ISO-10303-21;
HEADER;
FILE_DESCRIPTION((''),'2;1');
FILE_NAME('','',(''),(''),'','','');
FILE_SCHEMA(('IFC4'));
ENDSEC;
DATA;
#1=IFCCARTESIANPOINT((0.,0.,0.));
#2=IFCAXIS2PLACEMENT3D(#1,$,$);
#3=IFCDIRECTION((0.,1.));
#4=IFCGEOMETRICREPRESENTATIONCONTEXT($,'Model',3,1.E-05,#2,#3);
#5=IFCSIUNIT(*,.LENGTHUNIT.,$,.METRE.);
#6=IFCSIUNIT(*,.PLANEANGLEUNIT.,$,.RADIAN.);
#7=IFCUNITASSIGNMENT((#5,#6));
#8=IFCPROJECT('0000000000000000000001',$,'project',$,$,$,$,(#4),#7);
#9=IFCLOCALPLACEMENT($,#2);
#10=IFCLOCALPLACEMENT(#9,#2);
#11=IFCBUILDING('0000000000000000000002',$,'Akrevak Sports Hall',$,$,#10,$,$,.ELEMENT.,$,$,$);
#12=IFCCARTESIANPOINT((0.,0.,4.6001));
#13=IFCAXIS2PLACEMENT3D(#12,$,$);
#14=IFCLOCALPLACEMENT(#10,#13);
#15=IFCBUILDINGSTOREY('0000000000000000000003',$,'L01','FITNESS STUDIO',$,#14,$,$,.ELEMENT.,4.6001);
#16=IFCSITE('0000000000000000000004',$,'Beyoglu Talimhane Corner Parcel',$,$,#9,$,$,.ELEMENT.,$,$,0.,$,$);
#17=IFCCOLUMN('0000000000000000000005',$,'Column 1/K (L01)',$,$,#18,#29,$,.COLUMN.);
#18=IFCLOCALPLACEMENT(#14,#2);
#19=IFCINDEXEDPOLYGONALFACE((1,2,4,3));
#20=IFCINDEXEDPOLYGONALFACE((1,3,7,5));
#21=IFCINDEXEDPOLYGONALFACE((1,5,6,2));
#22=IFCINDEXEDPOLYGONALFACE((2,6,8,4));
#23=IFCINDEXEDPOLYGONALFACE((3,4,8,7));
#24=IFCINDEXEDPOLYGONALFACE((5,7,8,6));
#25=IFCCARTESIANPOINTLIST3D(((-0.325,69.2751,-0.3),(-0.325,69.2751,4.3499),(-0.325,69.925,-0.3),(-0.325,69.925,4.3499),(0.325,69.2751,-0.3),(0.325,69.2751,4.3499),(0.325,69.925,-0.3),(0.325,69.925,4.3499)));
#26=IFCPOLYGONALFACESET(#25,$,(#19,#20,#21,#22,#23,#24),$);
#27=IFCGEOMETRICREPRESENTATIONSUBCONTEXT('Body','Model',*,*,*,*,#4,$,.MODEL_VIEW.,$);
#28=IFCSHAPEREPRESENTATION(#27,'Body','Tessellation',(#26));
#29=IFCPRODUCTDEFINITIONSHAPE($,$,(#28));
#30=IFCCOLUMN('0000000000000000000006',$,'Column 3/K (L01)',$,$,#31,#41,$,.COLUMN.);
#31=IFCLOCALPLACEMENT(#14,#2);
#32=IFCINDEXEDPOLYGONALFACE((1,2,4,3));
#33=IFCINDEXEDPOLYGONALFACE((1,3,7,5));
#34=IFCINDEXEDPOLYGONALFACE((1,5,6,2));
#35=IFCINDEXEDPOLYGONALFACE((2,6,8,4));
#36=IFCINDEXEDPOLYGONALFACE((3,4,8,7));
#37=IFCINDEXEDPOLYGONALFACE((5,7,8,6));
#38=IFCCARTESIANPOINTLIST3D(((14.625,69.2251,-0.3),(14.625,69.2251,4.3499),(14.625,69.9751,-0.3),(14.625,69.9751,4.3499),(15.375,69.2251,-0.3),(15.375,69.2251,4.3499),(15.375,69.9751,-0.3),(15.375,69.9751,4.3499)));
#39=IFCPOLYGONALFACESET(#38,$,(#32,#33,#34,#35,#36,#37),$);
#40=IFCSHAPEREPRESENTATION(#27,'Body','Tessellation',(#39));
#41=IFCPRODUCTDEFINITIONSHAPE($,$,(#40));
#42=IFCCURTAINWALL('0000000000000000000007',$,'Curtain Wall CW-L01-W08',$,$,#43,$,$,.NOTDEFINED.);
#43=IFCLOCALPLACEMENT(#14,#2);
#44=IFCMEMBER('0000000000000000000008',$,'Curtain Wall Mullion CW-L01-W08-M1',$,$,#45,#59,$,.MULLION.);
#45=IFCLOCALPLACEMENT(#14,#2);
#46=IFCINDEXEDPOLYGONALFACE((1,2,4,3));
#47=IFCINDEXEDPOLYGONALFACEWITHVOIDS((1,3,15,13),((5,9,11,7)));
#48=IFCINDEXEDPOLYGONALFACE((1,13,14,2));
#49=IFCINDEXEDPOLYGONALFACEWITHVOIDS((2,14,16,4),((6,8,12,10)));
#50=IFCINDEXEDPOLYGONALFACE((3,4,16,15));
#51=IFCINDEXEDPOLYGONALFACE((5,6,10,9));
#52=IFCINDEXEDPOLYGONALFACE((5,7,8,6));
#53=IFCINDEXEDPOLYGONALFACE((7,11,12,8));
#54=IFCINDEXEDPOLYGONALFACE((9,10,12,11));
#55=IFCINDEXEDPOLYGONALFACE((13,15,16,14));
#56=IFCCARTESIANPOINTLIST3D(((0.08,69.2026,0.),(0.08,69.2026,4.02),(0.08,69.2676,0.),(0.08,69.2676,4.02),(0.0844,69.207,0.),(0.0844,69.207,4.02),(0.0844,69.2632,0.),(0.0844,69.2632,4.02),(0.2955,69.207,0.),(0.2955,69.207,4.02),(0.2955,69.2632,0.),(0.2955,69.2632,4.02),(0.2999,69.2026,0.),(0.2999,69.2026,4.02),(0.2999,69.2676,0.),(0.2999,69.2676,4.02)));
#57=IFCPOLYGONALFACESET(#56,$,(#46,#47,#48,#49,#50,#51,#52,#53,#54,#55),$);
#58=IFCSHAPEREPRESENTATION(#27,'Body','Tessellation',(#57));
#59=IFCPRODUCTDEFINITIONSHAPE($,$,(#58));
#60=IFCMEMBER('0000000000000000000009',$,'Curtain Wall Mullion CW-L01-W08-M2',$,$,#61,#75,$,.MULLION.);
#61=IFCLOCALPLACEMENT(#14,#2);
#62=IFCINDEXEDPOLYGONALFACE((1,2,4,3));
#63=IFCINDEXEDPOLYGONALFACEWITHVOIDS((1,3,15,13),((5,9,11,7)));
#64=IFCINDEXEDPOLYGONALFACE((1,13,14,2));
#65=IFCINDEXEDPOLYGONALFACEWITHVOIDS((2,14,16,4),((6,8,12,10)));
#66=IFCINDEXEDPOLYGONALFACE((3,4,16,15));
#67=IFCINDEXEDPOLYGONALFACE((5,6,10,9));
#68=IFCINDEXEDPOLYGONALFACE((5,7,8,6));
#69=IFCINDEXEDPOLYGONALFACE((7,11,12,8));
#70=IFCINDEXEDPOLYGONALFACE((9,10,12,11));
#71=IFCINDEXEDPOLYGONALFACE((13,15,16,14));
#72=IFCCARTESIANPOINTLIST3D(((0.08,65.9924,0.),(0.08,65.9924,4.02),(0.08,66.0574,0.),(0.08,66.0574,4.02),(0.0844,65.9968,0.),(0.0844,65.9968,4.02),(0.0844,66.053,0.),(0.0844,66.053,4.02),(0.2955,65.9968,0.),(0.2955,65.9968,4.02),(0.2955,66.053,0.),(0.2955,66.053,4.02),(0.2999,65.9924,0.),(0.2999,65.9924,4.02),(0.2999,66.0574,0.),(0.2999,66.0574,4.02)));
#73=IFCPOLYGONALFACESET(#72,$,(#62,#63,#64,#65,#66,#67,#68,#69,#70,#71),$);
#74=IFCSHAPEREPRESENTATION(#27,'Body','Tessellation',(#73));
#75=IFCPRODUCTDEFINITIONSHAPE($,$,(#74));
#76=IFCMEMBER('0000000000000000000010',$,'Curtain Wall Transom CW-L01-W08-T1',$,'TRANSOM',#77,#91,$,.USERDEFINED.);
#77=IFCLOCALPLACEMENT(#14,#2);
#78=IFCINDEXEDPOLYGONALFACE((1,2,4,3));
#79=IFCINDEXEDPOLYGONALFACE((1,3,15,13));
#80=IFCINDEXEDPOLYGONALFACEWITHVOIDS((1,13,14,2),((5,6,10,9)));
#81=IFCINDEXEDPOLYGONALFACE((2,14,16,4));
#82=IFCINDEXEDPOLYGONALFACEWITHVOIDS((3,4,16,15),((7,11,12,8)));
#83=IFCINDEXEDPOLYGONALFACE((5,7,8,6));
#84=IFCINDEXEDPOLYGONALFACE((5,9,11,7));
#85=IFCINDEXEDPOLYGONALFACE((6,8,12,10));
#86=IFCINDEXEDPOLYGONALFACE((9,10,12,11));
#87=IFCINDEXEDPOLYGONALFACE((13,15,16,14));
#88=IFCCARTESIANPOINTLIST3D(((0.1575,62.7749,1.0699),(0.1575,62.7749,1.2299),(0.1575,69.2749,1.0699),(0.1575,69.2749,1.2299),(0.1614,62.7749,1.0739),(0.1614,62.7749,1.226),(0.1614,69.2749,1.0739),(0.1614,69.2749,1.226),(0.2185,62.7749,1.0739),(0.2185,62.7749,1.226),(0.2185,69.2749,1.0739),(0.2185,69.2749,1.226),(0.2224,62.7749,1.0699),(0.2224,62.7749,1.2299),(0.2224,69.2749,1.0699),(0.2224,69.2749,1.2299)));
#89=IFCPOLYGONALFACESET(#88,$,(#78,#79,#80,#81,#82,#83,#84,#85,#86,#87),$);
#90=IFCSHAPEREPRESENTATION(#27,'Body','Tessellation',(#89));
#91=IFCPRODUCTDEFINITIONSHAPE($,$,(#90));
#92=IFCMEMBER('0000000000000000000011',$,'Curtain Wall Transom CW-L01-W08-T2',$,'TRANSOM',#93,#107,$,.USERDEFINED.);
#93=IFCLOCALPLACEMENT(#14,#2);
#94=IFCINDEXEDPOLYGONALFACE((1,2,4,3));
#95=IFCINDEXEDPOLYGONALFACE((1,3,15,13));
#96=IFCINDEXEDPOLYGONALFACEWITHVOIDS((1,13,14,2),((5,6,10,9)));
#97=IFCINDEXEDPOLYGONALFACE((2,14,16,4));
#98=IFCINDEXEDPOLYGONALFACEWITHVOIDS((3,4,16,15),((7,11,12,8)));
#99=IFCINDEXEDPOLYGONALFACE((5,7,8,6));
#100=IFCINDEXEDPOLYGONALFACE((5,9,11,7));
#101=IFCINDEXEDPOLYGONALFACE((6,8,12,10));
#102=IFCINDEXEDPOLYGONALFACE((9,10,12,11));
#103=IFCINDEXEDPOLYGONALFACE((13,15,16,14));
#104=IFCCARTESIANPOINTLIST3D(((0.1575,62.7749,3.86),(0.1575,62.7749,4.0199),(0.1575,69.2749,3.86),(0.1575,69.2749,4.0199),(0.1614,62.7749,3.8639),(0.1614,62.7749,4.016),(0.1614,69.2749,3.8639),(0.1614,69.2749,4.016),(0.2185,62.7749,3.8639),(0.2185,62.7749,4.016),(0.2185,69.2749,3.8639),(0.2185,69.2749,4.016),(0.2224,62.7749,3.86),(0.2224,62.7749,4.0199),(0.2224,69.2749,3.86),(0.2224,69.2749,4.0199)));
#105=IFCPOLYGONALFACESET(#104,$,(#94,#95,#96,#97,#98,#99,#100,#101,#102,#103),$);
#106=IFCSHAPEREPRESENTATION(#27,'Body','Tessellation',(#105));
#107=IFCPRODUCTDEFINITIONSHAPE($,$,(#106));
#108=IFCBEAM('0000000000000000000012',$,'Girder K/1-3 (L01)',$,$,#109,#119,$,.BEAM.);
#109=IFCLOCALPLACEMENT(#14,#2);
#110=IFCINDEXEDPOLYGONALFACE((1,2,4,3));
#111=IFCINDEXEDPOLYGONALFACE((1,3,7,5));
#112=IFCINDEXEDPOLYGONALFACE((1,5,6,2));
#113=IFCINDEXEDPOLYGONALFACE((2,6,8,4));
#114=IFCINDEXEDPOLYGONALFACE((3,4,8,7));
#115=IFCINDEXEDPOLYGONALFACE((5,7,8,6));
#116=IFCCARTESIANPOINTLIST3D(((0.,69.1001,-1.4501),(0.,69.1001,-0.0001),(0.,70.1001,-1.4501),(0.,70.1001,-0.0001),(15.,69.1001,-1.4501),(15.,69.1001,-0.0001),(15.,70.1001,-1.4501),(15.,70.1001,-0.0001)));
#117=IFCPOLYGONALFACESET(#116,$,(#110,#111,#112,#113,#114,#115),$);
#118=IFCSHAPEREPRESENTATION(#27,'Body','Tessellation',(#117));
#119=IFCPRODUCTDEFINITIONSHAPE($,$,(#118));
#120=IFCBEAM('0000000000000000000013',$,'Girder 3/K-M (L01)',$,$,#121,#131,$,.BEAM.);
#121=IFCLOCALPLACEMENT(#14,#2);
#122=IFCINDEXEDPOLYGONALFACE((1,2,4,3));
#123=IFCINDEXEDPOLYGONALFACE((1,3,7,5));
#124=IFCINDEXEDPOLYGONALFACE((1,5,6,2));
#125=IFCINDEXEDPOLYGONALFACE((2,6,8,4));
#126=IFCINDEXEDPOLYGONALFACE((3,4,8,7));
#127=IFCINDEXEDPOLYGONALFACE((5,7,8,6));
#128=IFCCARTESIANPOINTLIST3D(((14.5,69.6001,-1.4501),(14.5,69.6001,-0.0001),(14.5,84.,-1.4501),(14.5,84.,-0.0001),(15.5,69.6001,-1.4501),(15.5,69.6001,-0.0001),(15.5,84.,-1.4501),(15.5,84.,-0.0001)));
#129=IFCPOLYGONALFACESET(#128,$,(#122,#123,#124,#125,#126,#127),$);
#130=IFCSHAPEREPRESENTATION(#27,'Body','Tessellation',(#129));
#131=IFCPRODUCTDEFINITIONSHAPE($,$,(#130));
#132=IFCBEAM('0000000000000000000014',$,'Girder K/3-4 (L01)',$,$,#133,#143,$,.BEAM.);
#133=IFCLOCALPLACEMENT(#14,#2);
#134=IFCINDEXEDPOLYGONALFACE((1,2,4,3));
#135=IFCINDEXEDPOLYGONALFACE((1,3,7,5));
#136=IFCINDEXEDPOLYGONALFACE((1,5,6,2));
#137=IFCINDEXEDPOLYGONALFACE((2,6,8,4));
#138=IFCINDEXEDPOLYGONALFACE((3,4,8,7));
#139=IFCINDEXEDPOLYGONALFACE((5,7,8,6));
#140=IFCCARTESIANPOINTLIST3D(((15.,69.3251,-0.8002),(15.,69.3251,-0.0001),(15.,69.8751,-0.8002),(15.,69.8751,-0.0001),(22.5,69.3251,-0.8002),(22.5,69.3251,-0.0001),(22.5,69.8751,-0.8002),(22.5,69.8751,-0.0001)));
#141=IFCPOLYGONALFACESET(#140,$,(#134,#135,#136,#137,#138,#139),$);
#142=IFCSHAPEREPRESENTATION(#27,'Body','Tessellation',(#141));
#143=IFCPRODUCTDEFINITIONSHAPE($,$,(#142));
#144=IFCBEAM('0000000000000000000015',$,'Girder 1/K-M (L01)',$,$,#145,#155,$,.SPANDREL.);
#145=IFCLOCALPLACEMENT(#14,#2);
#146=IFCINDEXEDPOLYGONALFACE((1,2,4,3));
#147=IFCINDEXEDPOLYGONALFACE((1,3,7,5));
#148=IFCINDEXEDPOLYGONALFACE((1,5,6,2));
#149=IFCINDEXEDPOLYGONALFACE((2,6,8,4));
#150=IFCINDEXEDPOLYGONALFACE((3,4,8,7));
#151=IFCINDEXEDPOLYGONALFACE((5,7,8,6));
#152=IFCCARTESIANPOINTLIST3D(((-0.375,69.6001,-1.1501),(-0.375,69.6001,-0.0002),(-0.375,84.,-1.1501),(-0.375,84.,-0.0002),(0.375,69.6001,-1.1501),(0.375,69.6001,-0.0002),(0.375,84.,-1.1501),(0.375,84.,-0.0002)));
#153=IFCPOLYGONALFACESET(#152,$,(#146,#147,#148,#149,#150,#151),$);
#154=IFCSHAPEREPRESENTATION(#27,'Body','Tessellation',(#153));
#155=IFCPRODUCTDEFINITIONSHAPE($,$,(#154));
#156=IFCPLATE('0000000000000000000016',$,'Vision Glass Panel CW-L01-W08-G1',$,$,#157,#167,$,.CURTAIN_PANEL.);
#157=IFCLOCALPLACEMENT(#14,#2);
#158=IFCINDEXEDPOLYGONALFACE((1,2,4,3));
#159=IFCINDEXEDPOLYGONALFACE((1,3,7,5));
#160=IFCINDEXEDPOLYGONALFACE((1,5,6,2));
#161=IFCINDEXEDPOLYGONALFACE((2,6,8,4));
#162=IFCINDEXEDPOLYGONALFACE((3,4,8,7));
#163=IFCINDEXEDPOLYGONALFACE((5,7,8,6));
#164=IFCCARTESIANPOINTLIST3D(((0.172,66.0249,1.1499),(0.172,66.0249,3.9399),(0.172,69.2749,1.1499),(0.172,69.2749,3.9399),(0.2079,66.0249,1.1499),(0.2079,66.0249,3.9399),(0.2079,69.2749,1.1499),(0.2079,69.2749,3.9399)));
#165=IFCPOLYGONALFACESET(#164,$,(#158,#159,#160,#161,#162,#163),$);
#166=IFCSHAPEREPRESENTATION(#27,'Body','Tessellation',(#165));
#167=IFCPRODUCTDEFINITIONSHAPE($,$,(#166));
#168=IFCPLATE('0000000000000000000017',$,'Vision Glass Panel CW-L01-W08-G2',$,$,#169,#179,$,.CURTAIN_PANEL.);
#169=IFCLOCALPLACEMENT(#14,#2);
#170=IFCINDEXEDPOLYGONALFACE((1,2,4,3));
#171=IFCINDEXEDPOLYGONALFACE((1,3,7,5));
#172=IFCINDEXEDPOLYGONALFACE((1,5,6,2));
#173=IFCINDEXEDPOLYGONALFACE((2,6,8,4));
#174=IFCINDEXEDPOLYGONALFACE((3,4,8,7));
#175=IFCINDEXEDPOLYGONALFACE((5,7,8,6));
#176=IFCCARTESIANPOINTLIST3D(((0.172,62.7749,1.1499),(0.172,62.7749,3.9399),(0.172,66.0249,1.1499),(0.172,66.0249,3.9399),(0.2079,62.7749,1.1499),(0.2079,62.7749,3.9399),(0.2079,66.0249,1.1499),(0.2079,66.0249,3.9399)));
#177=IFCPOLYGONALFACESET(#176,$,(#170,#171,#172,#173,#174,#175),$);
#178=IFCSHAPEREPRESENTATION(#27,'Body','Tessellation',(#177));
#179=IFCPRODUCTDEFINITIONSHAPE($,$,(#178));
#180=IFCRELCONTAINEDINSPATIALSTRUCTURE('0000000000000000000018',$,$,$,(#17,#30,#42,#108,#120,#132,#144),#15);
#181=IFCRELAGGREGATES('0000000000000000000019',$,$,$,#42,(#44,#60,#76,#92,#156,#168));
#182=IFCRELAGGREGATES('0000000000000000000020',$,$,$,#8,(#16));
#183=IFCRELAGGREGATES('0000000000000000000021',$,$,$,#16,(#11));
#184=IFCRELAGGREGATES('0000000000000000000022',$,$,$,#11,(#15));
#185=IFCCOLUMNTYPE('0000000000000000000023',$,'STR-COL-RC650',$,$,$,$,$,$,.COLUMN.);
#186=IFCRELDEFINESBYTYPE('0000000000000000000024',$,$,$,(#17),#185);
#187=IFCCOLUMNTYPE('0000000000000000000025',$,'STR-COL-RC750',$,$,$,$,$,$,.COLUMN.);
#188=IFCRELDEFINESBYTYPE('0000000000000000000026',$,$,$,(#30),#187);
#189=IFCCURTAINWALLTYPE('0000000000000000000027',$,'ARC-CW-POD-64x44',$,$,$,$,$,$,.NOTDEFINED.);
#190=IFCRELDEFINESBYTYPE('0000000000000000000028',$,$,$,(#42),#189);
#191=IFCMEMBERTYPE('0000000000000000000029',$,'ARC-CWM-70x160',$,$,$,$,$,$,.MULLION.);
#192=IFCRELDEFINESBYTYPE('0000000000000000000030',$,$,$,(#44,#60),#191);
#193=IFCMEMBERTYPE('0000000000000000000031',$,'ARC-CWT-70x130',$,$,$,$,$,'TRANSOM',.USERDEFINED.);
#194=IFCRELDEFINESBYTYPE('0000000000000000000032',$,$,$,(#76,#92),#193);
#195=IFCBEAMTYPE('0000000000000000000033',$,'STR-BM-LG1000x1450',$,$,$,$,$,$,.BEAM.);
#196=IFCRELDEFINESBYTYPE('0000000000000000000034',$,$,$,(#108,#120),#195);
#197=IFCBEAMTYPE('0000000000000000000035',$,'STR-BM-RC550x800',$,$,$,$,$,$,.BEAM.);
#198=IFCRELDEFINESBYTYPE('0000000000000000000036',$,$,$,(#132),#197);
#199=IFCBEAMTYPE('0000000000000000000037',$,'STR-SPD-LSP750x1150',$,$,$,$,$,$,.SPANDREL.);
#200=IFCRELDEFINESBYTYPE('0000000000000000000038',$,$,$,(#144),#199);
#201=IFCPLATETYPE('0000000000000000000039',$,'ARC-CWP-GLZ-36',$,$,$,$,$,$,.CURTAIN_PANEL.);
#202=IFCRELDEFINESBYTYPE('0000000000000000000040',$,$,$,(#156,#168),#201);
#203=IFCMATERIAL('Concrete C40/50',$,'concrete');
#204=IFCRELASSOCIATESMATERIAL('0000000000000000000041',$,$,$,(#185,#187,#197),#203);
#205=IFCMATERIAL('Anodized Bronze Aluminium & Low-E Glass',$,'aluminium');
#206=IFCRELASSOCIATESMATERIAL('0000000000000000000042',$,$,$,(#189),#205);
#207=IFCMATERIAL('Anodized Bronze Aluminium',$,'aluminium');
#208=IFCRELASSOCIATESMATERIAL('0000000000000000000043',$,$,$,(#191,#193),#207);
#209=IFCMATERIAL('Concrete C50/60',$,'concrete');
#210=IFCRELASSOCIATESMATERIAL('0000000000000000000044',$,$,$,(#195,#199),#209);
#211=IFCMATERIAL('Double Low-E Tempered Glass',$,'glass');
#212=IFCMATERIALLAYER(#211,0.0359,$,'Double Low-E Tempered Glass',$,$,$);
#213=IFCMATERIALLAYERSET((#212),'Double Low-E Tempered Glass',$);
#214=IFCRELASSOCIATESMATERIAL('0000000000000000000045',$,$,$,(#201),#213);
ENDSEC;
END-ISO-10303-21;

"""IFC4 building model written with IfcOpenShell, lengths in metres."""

from ifc_helpers import new_model, si_unit, direction, frame, origin, origin_2d, place, context, subcontext, project, spatial, rectangle, hollow_rectangle, extrude, material, layer, layer_set, material_profile, profile_set, type_object, element, aggregate, save


model = new_model("IFC4")

# Units and contexts
model_context = context("Model", 3, precision=1e-05, world=origin(), true_north=direction((0.0, 1.0)))
body_context = subcontext(model_context, "Body", "Model", "MODEL_VIEW")
ifc_project = project(units=[si_unit("LENGTHUNIT", "METRE"), si_unit("PLANEANGLEUNIT", "RADIAN")], contexts=[model_context])

# Site, building, storey
site_placement = place(None, origin())
site = spatial("IfcSite", under=ifc_project, at=site_placement, Name="Beyoglu Talimhane Corner Parcel", CompositionType="ELEMENT", RefElevation=0.0)
building_placement = place(site_placement, origin())
building = spatial("IfcBuilding", under=site, at=building_placement, Name="Akrevak Sports Hall", CompositionType="ELEMENT")
storey_placement = place(building_placement, frame((0.0, 0.0, 4.6001)))
storey = spatial("IfcBuildingStorey", under=building, at=storey_placement, Name="L01", Description="FITNESS STUDIO", CompositionType="ELEMENT", Elevation=4.6001)

# Columns
ifc_material_1 = material(Name="Concrete C40/50", Category="concrete")
ifc_material_profile_1 = material_profile(ifc_material_1, rectangle(XDim=0.6499, YDim=0.6499, at=origin_2d()), Name="RC 650x650", Category="concrete")
ifc_profile_set_1 = profile_set([ifc_material_profile_1], Name="Concrete C40/50")
column_type_1 = type_object("IfcColumnType", Name="STR-COL-RC650", PredefinedType="COLUMN", material=ifc_profile_set_1)
column_1_placement = place(storey_placement, frame((0.0, 69.6001, -0.3), z_axis=(0.0, 0.0, 1.0), x_axis=(1.0, 0.0, 0.0)))
element("IfcColumn", 1, at=column_1_placement, inside=storey, type_object=column_type_1, Name="Column 1/K (L01)", PredefinedType="COLUMN", context=body_context, shape_type="SweptSolid", body=[
    extrude(rectangle(XDim=0.6499, YDim=0.6499, at=origin_2d()), origin(), (0.0, 0.0, 1.0), 4.6499),
])
ifc_material_profile_2 = material_profile(ifc_material_1, rectangle(XDim=0.75, YDim=0.75, at=origin_2d()), Name="RC 750x750", Category="concrete")
ifc_profile_set_2 = profile_set([ifc_material_profile_2], Name="Concrete C40/50")
column_type_2 = type_object("IfcColumnType", Name="STR-COL-RC750", PredefinedType="COLUMN", material=ifc_profile_set_2)
column_2_placement = place(storey_placement, frame((15.0, 69.6001, -0.3), z_axis=(0.0, 0.0, 1.0), x_axis=(1.0, 0.0, 0.0)))
element("IfcColumn", 2, at=column_2_placement, inside=storey, type_object=column_type_2, Name="Column 3/K (L01)", PredefinedType="COLUMN", context=body_context, shape_type="SweptSolid", body=[
    extrude(rectangle(XDim=0.75, YDim=0.75, at=origin_2d()), origin(), (0.0, 0.0, 1.0), 4.6499),
])

# Curtain wall, members
ifc_material_2 = material(Name="Anodized Bronze Aluminium & Low-E Glass", Category="aluminium")
curtain_wall_type = type_object("IfcCurtainWallType", Name="ARC-CW-POD-64x44", PredefinedType="NOTDEFINED", material=ifc_material_2)
curtain_wall_placement = place(storey_placement, origin())
curtain_wall = element("IfcCurtainWall", 3, at=curtain_wall_placement, inside=storey, type_object=curtain_wall_type, Name="Curtain Wall CW-L01-W08", PredefinedType="NOTDEFINED")
ifc_material_3 = material(Name="Anodized Bronze Aluminium", Category="aluminium")
ifc_material_profile_3 = material_profile(ifc_material_3, hollow_rectangle(XDim=0.0649, YDim=0.22, WallThickness=0.0044, at=origin_2d()), Name="CWM 65x220", Category="aluminium")
ifc_profile_set_3 = profile_set([ifc_material_profile_3], Name="Anodized Bronze Aluminium")
member_type_1 = type_object("IfcMemberType", Name="ARC-CWM-70x160", PredefinedType="MULLION", material=ifc_profile_set_3)
member_1_placement = place(storey_placement, frame((0.1899, 69.2351, 0.0), z_axis=(0.0, 0.0, 1.0), x_axis=(0.0, -1.0, 0.0)))
member_1 = element("IfcMember", 4, at=member_1_placement, type_object=member_type_1, Name="Curtain Wall Mullion CW-L01-W08-M1", PredefinedType="MULLION", context=body_context, shape_type="SweptSolid", body=[
    extrude(hollow_rectangle(XDim=0.0649, YDim=0.22, WallThickness=0.0044, at=origin_2d()), origin(), (0.0, 0.0, 1.0), 4.02),
])
member_2_placement = place(storey_placement, frame((0.1899, 66.0249, 0.0), z_axis=(0.0, 0.0, 1.0), x_axis=(0.0, -1.0, 0.0)))
member_2 = element("IfcMember", 5, at=member_2_placement, type_object=member_type_1, Name="Curtain Wall Mullion CW-L01-W08-M2", PredefinedType="MULLION", context=body_context, shape_type="SweptSolid", body=[
    extrude(hollow_rectangle(XDim=0.0649, YDim=0.22, WallThickness=0.0044, at=origin_2d()), origin(), (0.0, 0.0, 1.0), 4.02),
])
ifc_material_profile_4 = material_profile(ifc_material_3, hollow_rectangle(XDim=0.0649, YDim=0.1599, WallThickness=0.0039, at=origin_2d()), Name="CWT 65x160", Category="aluminium")
ifc_profile_set_4 = profile_set([ifc_material_profile_4], Name="Anodized Bronze Aluminium")
member_type_2 = type_object("IfcMemberType", Name="ARC-CWT-70x130", ElementType="TRANSOM", PredefinedType="USERDEFINED", material=ifc_profile_set_4)
member_3_placement = place(storey_placement, frame((0.1899, 69.2749, 1.1499), z_axis=(0.0, -1.0, 0.0), x_axis=(1.0, 0.0, 0.0)))
member_3 = element("IfcMember", 6, at=member_3_placement, type_object=member_type_2, Name="Curtain Wall Transom CW-L01-W08-T1", ObjectType="TRANSOM", PredefinedType="USERDEFINED", context=body_context, shape_type="SweptSolid", body=[
    extrude(hollow_rectangle(XDim=0.0649, YDim=0.1599, WallThickness=0.0039, at=origin_2d()), origin(), (0.0, 0.0, 1.0), 6.5),
])
member_4_placement = place(storey_placement, frame((0.1899, 69.2749, 3.9399), z_axis=(0.0, -1.0, 0.0), x_axis=(1.0, 0.0, 0.0)))
member_4 = element("IfcMember", 7, at=member_4_placement, type_object=member_type_2, Name="Curtain Wall Transom CW-L01-W08-T2", ObjectType="TRANSOM", PredefinedType="USERDEFINED", context=body_context, shape_type="SweptSolid", body=[
    extrude(hollow_rectangle(XDim=0.0649, YDim=0.1599, WallThickness=0.0039, at=origin_2d()), origin(), (0.0, 0.0, 1.0), 6.5),
])

# Beams
ifc_material_4 = material(Name="Concrete C50/60", Category="concrete")
ifc_material_profile_5 = material_profile(ifc_material_4, rectangle(XDim=1.0, YDim=1.45, at=origin_2d()), Name="BM 1000x1450", Category="concrete")
ifc_profile_set_5 = profile_set([ifc_material_profile_5], Name="Concrete C50/60")
beam_type_1 = type_object("IfcBeamType", Name="STR-BM-LG1000x1450", PredefinedType="BEAM", material=ifc_profile_set_5)
beam_1_placement = place(storey_placement, frame((0.0, 69.6001, -0.7251), z_axis=(1.0, 0.0, 0.0), x_axis=(0.0, 1.0, 0.0)))
element("IfcBeam", 8, at=beam_1_placement, inside=storey, type_object=beam_type_1, Name="Girder K/1-3 (L01)", PredefinedType="BEAM", context=body_context, shape_type="SweptSolid", body=[
    extrude(rectangle(XDim=1.0, YDim=1.45, at=origin_2d()), origin(), (0.0, 0.0, 1.0), 15.0),
])
beam_2_placement = place(storey_placement, frame((15.0, 69.6001, -0.7251), z_axis=(0.0, 1.0, 0.0), x_axis=(-1.0, 0.0, 0.0)))
element("IfcBeam", 9, at=beam_2_placement, inside=storey, type_object=beam_type_1, Name="Girder 3/K-M (L01)", PredefinedType="BEAM", context=body_context, shape_type="SweptSolid", body=[
    extrude(rectangle(XDim=1.0, YDim=1.45, at=origin_2d()), origin(), (0.0, 0.0, 1.0), 14.3999),
])
ifc_material_profile_6 = material_profile(ifc_material_1, rectangle(XDim=0.55, YDim=0.8, at=origin_2d()), Name="BM 550x800", Category="concrete")
ifc_profile_set_6 = profile_set([ifc_material_profile_6], Name="Concrete C40/50")
beam_type_2 = type_object("IfcBeamType", Name="STR-BM-RC550x800", PredefinedType="BEAM", material=ifc_profile_set_6)
beam_3_placement = place(storey_placement, frame((15.0, 69.6001, -0.4001), z_axis=(1.0, 0.0, 0.0), x_axis=(0.0, 1.0, 0.0)))
element("IfcBeam", 10, at=beam_3_placement, inside=storey, type_object=beam_type_2, Name="Girder K/3-4 (L01)", PredefinedType="BEAM", context=body_context, shape_type="SweptSolid", body=[
    extrude(rectangle(XDim=0.55, YDim=0.8, at=origin_2d()), origin(), (0.0, 0.0, 1.0), 7.5),
])
ifc_material_profile_7 = material_profile(ifc_material_4, rectangle(XDim=0.75, YDim=1.1499, at=origin_2d()), Name="SPD 750x1150", Category="concrete")
ifc_profile_set_7 = profile_set([ifc_material_profile_7], Name="Concrete C50/60")
beam_type_3 = type_object("IfcBeamType", Name="STR-SPD-LSP750x1150", PredefinedType="SPANDREL", material=ifc_profile_set_7)
beam_4_placement = place(storey_placement, frame((0.0, 69.6001, -0.5752), z_axis=(0.0, 1.0, 0.0), x_axis=(-1.0, 0.0, 0.0)))
element("IfcBeam", 11, at=beam_4_placement, inside=storey, type_object=beam_type_3, Name="Girder 1/K-M (L01)", PredefinedType="SPANDREL", context=body_context, shape_type="SweptSolid", body=[
    extrude(rectangle(XDim=0.75, YDim=1.1499, at=origin_2d()), origin(), (0.0, 0.0, 1.0), 14.3999),
])

# Plates
ifc_material_5 = material(Name="Double Low-E Tempered Glass", Category="glass")
ifc_layer_1 = layer(ifc_material_5, 0.0359, Name="Double Low-E Tempered Glass")
ifc_layer_set_1 = layer_set([ifc_layer_1], Name="Double Low-E Tempered Glass")
plate_type_1 = type_object("IfcPlateType", Name="ARC-CWP-GLZ-36", PredefinedType="CURTAIN_PANEL", material=ifc_layer_set_1)
plate_1_placement = place(storey_placement, frame((0.1899, 67.6499, 1.1499), z_axis=(0.0, 0.0, 1.0), x_axis=(0.0, -1.0, 0.0)))
plate_1 = element("IfcPlate", 12, at=plate_1_placement, type_object=plate_type_1, Name="Vision Glass Panel CW-L01-W08-G1", PredefinedType="CURTAIN_PANEL", context=body_context, shape_type="SweptSolid", body=[
    extrude(rectangle(XDim=3.25, YDim=0.0359, at=origin_2d()), origin(), (0.0, 0.0, 1.0), 2.79),
])
plate_2_placement = place(storey_placement, frame((0.1899, 64.3999, 1.1499), z_axis=(0.0, 0.0, 1.0), x_axis=(0.0, -1.0, 0.0)))
plate_2 = element("IfcPlate", 13, at=plate_2_placement, type_object=plate_type_1, Name="Vision Glass Panel CW-L01-W08-G2", PredefinedType="CURTAIN_PANEL", context=body_context, shape_type="SweptSolid", body=[
    extrude(rectangle(XDim=3.25, YDim=0.0359, at=origin_2d()), origin(), (0.0, 0.0, 1.0), 2.79),
])
aggregate(curtain_wall, [member_1, member_2, member_3, member_4, plate_1, plate_2])

save(model, "model.ifc")
